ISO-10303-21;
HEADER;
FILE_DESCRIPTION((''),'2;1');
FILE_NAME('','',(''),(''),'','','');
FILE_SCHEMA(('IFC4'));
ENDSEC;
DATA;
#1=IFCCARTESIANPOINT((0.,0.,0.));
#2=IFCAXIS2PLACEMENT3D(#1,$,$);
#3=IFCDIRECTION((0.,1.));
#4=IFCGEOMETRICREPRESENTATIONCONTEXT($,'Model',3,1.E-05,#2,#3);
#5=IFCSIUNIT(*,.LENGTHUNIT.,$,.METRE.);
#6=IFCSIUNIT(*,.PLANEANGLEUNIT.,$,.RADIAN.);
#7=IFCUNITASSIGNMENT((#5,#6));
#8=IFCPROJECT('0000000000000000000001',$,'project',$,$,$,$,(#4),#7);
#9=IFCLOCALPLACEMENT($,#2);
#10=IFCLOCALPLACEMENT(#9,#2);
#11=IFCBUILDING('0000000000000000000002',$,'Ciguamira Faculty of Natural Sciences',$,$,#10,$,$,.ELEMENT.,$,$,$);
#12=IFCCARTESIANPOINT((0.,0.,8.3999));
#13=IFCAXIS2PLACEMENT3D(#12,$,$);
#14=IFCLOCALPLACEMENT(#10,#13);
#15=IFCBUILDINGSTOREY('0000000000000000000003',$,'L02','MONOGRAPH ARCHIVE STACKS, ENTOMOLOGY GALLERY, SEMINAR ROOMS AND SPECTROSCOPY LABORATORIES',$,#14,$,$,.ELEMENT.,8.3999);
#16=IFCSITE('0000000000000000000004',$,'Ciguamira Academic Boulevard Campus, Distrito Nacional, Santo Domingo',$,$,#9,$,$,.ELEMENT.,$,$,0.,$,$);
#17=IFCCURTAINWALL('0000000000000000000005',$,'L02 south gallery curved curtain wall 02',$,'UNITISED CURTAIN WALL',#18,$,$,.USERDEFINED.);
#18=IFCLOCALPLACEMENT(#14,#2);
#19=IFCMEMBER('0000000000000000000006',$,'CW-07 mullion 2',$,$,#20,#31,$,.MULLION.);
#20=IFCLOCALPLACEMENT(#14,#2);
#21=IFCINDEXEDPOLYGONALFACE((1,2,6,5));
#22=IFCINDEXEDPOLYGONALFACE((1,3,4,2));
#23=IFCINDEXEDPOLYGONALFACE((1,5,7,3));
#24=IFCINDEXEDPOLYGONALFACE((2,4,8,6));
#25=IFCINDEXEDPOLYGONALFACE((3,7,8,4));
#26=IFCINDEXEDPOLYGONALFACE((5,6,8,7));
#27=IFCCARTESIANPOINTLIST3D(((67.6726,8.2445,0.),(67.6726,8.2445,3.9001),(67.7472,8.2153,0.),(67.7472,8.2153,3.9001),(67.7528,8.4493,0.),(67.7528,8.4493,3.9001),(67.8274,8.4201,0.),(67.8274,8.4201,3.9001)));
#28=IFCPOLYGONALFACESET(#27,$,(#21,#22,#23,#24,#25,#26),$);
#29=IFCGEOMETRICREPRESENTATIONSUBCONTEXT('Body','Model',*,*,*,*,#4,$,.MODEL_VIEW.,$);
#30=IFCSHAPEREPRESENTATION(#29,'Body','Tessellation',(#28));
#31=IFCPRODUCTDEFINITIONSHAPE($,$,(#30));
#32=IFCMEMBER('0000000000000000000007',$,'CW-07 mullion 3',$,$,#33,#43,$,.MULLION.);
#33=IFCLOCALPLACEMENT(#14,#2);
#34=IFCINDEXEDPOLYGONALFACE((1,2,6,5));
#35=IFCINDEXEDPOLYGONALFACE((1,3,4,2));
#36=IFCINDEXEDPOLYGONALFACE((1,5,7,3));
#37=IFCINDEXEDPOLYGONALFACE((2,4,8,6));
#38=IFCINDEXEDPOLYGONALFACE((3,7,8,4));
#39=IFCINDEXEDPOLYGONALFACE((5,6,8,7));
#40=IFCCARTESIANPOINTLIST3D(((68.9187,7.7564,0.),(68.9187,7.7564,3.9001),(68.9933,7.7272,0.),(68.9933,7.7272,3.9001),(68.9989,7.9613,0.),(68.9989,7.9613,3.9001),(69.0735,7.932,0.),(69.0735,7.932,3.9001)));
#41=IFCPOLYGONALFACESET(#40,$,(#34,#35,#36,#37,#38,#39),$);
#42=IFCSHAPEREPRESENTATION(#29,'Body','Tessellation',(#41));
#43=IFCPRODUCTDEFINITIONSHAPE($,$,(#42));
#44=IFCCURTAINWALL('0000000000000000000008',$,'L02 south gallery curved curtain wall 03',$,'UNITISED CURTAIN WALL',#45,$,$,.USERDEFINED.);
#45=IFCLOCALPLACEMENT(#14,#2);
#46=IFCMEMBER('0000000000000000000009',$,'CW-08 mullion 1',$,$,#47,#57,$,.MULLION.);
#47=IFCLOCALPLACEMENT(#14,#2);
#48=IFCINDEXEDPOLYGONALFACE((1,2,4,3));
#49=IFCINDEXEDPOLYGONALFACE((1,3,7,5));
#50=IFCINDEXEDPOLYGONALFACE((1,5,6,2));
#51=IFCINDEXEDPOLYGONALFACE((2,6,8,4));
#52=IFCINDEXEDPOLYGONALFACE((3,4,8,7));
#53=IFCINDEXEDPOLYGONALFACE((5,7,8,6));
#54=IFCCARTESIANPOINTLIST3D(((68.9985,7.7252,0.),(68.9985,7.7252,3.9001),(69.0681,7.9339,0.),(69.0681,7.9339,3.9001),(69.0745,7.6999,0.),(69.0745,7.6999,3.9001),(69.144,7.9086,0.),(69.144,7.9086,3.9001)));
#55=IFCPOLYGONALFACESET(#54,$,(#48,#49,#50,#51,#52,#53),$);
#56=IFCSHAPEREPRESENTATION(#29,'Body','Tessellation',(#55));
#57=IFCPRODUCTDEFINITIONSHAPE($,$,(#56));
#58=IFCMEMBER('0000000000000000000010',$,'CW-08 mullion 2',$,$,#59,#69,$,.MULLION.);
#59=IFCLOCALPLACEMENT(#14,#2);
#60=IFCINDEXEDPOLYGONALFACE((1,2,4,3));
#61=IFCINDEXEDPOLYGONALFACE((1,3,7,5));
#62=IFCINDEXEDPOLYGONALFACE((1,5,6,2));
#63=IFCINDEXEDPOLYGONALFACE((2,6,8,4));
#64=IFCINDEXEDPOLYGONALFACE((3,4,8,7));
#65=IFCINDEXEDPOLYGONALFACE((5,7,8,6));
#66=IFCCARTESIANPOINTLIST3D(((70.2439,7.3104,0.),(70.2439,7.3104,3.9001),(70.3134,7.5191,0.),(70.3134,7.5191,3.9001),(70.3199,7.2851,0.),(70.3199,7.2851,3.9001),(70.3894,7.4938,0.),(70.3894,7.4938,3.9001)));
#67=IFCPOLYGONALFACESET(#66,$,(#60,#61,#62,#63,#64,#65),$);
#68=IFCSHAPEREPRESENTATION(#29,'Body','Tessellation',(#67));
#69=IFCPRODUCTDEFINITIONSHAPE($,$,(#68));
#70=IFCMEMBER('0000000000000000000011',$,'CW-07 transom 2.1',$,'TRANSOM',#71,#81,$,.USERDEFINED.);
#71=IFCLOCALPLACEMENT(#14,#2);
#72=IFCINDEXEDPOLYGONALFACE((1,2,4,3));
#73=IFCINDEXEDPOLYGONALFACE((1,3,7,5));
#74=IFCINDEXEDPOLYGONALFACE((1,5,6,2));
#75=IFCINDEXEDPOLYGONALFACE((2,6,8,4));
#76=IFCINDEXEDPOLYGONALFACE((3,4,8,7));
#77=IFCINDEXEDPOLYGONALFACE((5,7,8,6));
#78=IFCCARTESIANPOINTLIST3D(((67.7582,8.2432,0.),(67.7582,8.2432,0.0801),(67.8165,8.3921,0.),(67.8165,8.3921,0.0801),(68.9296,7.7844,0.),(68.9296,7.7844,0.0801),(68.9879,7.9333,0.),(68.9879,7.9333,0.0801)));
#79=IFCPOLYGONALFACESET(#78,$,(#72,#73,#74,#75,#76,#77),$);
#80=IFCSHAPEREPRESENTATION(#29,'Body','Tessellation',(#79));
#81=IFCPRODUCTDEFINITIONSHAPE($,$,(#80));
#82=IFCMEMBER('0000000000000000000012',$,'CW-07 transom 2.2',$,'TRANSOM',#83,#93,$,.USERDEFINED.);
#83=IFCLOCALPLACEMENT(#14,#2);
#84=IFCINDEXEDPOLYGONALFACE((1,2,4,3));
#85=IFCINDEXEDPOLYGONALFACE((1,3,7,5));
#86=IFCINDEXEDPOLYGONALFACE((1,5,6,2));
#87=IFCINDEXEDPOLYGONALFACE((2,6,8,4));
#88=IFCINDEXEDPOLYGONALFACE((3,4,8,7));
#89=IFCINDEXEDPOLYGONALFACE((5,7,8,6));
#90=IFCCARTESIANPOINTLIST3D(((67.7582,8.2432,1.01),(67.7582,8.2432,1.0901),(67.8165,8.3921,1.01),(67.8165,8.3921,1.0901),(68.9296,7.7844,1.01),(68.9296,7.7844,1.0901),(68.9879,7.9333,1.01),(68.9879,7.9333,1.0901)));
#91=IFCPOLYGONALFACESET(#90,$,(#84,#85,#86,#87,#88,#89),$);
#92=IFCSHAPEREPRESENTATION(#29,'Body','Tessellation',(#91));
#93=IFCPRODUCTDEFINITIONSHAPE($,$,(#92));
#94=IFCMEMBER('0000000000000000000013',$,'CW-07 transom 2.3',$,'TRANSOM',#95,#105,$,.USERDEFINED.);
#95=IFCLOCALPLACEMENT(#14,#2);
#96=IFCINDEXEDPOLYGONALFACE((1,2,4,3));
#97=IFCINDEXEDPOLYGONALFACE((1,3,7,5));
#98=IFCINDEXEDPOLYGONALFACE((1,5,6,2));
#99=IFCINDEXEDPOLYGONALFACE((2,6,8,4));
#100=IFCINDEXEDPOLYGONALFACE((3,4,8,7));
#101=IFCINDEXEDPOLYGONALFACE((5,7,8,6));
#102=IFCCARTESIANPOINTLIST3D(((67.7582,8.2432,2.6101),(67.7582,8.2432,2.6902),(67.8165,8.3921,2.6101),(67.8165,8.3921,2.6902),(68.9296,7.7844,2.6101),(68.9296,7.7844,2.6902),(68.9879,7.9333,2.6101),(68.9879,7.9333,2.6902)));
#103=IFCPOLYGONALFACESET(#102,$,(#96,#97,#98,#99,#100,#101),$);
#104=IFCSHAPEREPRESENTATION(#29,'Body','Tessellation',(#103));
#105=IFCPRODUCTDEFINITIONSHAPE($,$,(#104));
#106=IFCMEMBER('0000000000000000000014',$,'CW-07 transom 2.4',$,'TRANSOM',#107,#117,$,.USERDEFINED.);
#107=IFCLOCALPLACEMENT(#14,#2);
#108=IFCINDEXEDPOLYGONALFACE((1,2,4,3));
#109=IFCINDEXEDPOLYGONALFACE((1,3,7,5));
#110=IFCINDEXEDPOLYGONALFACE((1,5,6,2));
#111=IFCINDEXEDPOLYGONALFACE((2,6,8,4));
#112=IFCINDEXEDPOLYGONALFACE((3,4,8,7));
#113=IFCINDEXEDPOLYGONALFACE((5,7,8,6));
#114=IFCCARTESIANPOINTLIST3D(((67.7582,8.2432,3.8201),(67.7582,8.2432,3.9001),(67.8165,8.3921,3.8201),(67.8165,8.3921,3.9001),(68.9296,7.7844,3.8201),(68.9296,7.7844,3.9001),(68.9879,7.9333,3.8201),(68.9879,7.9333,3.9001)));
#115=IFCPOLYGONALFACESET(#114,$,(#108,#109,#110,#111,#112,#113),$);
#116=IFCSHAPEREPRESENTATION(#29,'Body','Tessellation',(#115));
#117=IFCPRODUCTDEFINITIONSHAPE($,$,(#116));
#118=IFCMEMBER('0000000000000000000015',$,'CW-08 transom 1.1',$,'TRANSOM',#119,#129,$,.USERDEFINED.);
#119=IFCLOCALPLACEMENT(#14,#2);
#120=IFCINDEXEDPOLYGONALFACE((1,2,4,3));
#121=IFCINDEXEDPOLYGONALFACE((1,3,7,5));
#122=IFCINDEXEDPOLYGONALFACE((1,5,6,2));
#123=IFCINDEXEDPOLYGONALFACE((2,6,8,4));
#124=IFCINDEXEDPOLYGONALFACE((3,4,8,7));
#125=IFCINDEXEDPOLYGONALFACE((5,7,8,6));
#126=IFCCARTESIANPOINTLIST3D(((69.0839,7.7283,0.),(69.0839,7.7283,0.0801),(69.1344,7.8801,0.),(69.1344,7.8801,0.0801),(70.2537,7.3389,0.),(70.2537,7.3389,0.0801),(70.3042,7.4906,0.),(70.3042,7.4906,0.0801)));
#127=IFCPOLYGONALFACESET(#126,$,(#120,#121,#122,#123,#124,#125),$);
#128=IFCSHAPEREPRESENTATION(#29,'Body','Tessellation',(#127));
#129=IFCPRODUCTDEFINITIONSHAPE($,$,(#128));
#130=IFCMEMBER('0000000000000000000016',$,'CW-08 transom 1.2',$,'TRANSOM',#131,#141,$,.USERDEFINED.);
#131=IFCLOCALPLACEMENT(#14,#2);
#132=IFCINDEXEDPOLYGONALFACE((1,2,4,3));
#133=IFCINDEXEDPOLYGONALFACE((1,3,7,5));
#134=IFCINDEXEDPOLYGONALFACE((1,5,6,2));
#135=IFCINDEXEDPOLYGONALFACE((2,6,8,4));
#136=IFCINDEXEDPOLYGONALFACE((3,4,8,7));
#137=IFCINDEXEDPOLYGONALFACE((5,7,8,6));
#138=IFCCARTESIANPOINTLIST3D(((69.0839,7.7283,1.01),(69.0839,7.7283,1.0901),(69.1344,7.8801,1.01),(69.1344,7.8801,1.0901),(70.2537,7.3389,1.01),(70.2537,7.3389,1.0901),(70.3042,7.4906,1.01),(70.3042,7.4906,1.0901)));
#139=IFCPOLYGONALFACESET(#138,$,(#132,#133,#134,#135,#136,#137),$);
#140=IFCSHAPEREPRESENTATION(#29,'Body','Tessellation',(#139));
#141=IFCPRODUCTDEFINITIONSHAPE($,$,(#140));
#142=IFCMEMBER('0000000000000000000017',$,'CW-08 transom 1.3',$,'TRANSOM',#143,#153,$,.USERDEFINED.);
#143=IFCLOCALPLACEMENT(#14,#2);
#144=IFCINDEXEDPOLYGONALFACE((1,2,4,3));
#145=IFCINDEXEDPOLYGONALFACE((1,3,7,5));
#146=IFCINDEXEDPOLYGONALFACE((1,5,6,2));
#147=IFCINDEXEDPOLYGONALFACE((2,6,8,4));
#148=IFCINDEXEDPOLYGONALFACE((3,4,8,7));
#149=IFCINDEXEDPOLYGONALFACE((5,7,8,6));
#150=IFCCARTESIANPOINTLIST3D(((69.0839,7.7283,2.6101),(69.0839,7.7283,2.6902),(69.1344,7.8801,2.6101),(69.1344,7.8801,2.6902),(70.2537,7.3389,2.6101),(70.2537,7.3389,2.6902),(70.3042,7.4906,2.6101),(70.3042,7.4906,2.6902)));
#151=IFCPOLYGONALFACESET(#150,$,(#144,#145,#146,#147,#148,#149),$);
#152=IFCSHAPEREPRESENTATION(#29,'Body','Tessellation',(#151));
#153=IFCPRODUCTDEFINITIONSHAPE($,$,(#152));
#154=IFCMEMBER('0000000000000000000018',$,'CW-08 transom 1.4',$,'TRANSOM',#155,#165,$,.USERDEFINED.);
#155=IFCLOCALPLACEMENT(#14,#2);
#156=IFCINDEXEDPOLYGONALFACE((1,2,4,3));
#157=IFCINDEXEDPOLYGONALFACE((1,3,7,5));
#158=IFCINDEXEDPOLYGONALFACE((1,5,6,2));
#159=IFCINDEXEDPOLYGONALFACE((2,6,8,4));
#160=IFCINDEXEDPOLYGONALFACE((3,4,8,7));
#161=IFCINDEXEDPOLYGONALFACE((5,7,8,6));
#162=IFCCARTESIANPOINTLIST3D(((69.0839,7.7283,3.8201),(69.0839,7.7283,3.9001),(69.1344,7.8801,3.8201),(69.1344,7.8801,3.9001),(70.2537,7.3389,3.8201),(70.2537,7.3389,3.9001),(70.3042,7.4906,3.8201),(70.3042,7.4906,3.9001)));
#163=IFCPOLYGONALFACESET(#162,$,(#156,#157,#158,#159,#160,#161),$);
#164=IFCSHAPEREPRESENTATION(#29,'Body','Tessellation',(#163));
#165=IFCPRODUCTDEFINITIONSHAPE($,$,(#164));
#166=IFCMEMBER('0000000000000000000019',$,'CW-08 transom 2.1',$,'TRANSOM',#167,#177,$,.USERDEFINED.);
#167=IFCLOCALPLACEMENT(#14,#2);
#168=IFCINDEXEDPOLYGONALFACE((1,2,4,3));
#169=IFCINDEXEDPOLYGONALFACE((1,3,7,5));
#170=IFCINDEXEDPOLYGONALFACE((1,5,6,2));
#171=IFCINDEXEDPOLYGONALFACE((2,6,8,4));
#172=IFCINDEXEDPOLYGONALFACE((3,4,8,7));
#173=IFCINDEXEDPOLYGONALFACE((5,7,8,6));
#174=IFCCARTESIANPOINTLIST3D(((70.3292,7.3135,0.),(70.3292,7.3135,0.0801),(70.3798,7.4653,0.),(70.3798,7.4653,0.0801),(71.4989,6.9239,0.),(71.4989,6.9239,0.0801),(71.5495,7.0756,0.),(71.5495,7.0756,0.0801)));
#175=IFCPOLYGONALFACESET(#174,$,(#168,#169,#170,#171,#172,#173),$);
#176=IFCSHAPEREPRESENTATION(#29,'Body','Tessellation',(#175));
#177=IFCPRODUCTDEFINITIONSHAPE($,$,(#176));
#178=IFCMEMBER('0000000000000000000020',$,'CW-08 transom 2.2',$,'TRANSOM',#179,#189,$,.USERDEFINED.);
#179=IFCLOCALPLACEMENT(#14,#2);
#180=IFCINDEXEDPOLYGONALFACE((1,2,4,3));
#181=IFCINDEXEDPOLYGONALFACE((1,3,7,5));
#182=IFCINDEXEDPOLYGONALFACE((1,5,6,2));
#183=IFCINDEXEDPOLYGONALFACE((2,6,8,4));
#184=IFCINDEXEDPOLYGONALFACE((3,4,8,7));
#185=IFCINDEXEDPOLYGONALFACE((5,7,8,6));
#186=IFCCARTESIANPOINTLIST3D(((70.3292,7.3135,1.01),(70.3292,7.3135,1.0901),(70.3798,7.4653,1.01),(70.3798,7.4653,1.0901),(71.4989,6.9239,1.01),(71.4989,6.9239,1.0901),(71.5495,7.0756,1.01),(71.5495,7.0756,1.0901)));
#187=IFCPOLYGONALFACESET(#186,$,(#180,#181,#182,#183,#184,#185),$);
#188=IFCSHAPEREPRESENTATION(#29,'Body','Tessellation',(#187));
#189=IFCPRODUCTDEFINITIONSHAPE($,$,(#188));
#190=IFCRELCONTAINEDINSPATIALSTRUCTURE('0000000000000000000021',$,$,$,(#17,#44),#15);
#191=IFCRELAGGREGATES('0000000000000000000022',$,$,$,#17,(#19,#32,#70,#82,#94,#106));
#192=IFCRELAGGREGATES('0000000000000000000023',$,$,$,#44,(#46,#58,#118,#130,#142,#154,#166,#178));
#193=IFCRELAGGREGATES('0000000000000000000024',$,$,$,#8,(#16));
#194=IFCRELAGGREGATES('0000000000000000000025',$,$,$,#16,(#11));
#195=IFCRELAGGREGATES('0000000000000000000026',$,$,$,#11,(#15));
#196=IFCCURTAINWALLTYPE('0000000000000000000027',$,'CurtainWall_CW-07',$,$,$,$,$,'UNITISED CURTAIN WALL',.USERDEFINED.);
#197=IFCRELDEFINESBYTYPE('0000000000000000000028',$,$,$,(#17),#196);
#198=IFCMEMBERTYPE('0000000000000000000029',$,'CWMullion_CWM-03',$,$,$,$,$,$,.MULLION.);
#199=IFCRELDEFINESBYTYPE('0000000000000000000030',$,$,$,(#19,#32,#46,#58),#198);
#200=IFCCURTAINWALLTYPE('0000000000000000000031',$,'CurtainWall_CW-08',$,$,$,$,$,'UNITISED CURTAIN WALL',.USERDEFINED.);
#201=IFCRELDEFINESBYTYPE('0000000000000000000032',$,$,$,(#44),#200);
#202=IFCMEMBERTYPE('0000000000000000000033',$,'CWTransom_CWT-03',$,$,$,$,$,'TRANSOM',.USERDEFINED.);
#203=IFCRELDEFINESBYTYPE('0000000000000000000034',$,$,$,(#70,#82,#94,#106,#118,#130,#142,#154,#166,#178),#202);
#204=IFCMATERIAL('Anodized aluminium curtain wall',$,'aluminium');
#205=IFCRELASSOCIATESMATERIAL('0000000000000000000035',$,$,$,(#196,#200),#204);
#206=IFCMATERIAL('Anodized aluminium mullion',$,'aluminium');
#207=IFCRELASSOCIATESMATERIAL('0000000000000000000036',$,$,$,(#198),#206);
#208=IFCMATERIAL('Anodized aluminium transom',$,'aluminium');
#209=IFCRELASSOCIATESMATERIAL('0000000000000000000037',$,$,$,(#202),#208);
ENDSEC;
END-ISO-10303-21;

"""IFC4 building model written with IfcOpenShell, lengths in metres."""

from ifc_helpers import new_model, si_unit, direction, frame, origin, origin_2d, place, context, subcontext, project, spatial, rectangle, extrude, material, material_profile, profile_set, type_object, element, aggregate, save


model = new_model("IFC4")

# Units and contexts
model_context = context("Model", 3, precision=1e-05, world=origin(), true_north=direction((0.0, 1.0)))
body_context = subcontext(model_context, "Body", "Model", "MODEL_VIEW")
ifc_project = project(units=[si_unit("LENGTHUNIT", "METRE"), si_unit("PLANEANGLEUNIT", "RADIAN")], contexts=[model_context])

# Site, building, storey
site_placement = place(None, origin())
site = spatial("IfcSite", under=ifc_project, at=site_placement, Name="Ciguamira Academic Boulevard Campus, Distrito Nacional, Santo Domingo", CompositionType="ELEMENT", RefElevation=0.0)
building_placement = place(site_placement, origin())
building = spatial("IfcBuilding", under=site, at=building_placement, Name="Ciguamira Faculty of Natural Sciences", CompositionType="ELEMENT")
storey_placement = place(building_placement, frame((0.0, 0.0, 8.3999)))
storey = spatial("IfcBuildingStorey", under=building, at=storey_placement, Name="L02", Description="MONOGRAPH ARCHIVE STACKS, ENTOMOLOGY GALLERY, SEMINAR ROOMS AND SPECTROSCOPY LABORATORIES", CompositionType="ELEMENT", Elevation=8.3999)

# Curtain walls, members
ifc_material_1 = material(Name="Anodized aluminium curtain wall", Category="aluminium")
curtain_wall_type_1 = type_object("IfcCurtainWallType", Name="CurtainWall_CW-07", ElementType="UNITISED CURTAIN WALL", PredefinedType="USERDEFINED", material=ifc_material_1)
curtain_wall_1_placement = place(storey_placement, origin())
curtain_wall_1 = element("IfcCurtainWall", 1, at=curtain_wall_1_placement, inside=storey, type_object=curtain_wall_type_1, Name="L02 south gallery curved curtain wall 02", ObjectType="UNITISED CURTAIN WALL", PredefinedType="USERDEFINED")
ifc_material_2 = material(Name="Anodized aluminium mullion", Category="aluminium")
ifc_material_profile_1 = material_profile(ifc_material_2, rectangle(XDim=0.0801, YDim=0.22, at=origin_2d()), Name="ALU-MUL-80X220")
ifc_profile_set_1 = profile_set([ifc_material_profile_1], Name="Anodized aluminium mullion")
member_type_1 = type_object("IfcMemberType", Name="CWMullion_CWM-03", PredefinedType="MULLION", material=ifc_profile_set_1)
member_1_placement = place(storey_placement, frame((67.75, 8.3323, 0.0), z_axis=(0.0, 0.0, 1.0), x_axis=(0.931122, -0.364707, 0.0)))
member_1 = element("IfcMember", 2, at=member_1_placement, type_object=member_type_1, Name="CW-07 mullion 2", PredefinedType="MULLION", context=body_context, shape_type="SweptSolid", body=[
    extrude(rectangle(XDim=0.0801, YDim=0.22, at=origin_2d()), origin(), (0.0, 0.0, 1.0), 3.9001),
])
member_2_placement = place(storey_placement, frame((68.9961, 7.8442, 0.0), z_axis=(0.0, 0.0, 1.0), x_axis=(0.931122, -0.364707, 0.0)))
member_2 = element("IfcMember", 3, at=member_2_placement, type_object=member_type_1, Name="CW-07 mullion 3", PredefinedType="MULLION", context=body_context, shape_type="SweptSolid", body=[
    extrude(rectangle(XDim=0.0801, YDim=0.22, at=origin_2d()), origin(), (0.0, 0.0, 1.0), 3.9001),
])
curtain_wall_type_2 = type_object("IfcCurtainWallType", Name="CurtainWall_CW-08", ElementType="UNITISED CURTAIN WALL", PredefinedType="USERDEFINED", material=ifc_material_1)
curtain_wall_2_placement = place(storey_placement, origin())
curtain_wall_2 = element("IfcCurtainWall", 4, at=curtain_wall_2_placement, inside=storey, type_object=curtain_wall_type_2, Name="L02 south gallery curved curtain wall 03", ObjectType="UNITISED CURTAIN WALL", PredefinedType="USERDEFINED")
member_3_placement = place(storey_placement, frame((69.0713, 7.8169, 0.0), z_axis=(0.0, 0.0, 1.0), x_axis=(0.948735, -0.316073, 0.0)))
member_3 = element("IfcMember", 5, at=member_3_placement, type_object=member_type_1, Name="CW-08 mullion 1", PredefinedType="MULLION", context=body_context, shape_type="SweptSolid", body=[
    extrude(rectangle(XDim=0.0801, YDim=0.22, at=origin_2d()), origin(), (0.0, 0.0, 1.0), 3.9001),
])
member_4_placement = place(storey_placement, frame((70.3167, 7.4021, 0.0), z_axis=(0.0, 0.0, 1.0), x_axis=(0.948735, -0.316073, 0.0)))
member_4 = element("IfcMember", 6, at=member_4_placement, type_object=member_type_1, Name="CW-08 mullion 2", PredefinedType="MULLION", context=body_context, shape_type="SweptSolid", body=[
    extrude(rectangle(XDim=0.0801, YDim=0.22, at=origin_2d()), origin(), (0.0, 0.0, 1.0), 3.9001),
])

# Members
ifc_material_3 = material(Name="Anodized aluminium transom", Category="aluminium")
ifc_material_profile_2 = material_profile(ifc_material_3, rectangle(XDim=0.0801, YDim=0.1599, at=origin_2d()), Name="ALU-TRN-80X160")
ifc_profile_set_2 = profile_set([ifc_material_profile_2], Name="Anodized aluminium transom")
member_type_2 = type_object("IfcMemberType", Name="CWTransom_CWT-03", ElementType="TRANSOM", PredefinedType="USERDEFINED", material=ifc_profile_set_2)
member_5_placement = place(storey_placement, frame((67.7874, 8.3176, 0.04), z_axis=(0.931143, -0.364655, 0.0), x_axis=(0.0, 0.0, 1.0)))
member_5 = element("IfcMember", 7, at=member_5_placement, type_object=member_type_2, Name="CW-07 transom 2.1", ObjectType="TRANSOM", PredefinedType="USERDEFINED", context=body_context, shape_type="SweptSolid", body=[
    extrude(rectangle(XDim=0.0801, YDim=0.1599, at=origin_2d()), origin(), (0.0, 0.0, 1.0), 1.2581),
])
member_6_placement = place(storey_placement, frame((67.7874, 8.3176, 1.05), z_axis=(0.931143, -0.364655, 0.0), x_axis=(0.0, 0.0, 1.0)))
member_6 = element("IfcMember", 8, at=member_6_placement, type_object=member_type_2, Name="CW-07 transom 2.2", ObjectType="TRANSOM", PredefinedType="USERDEFINED", context=body_context, shape_type="SweptSolid", body=[
    extrude(rectangle(XDim=0.0801, YDim=0.1599, at=origin_2d()), origin(), (0.0, 0.0, 1.0), 1.2581),
])
member_7_placement = place(storey_placement, frame((67.7874, 8.3176, 2.6501), z_axis=(0.931143, -0.364655, 0.0), x_axis=(0.0, 0.0, 1.0)))
member_7 = element("IfcMember", 9, at=member_7_placement, type_object=member_type_2, Name="CW-07 transom 2.3", ObjectType="TRANSOM", PredefinedType="USERDEFINED", context=body_context, shape_type="SweptSolid", body=[
    extrude(rectangle(XDim=0.0801, YDim=0.1599, at=origin_2d()), origin(), (0.0, 0.0, 1.0), 1.2581),
])
member_8_placement = place(storey_placement, frame((67.7874, 8.3176, 3.8601), z_axis=(0.931143, -0.364655, 0.0), x_axis=(0.0, 0.0, 1.0)))
member_8 = element("IfcMember", 10, at=member_8_placement, type_object=member_type_2, Name="CW-07 transom 2.4", ObjectType="TRANSOM", PredefinedType="USERDEFINED", context=body_context, shape_type="SweptSolid", body=[
    extrude(rectangle(XDim=0.0801, YDim=0.1599, at=origin_2d()), origin(), (0.0, 0.0, 1.0), 1.2581),
])
member_9_placement = place(storey_placement, frame((69.1091, 7.8042, 0.04), z_axis=(0.948802, -0.315871, 0.0), x_axis=(0.0, 0.0, 1.0)))
member_9 = element("IfcMember", 11, at=member_9_placement, type_object=member_type_2, Name="CW-08 transom 1.1", ObjectType="TRANSOM", PredefinedType="USERDEFINED", context=body_context, shape_type="SweptSolid", body=[
    extrude(rectangle(XDim=0.0801, YDim=0.1599, at=origin_2d()), origin(), (0.0, 0.0, 1.0), 1.2329),
])
member_10_placement = place(storey_placement, frame((69.1091, 7.8042, 1.05), z_axis=(0.948802, -0.315871, 0.0), x_axis=(0.0, 0.0, 1.0)))
member_10 = element("IfcMember", 12, at=member_10_placement, type_object=member_type_2, Name="CW-08 transom 1.2", ObjectType="TRANSOM", PredefinedType="USERDEFINED", context=body_context, shape_type="SweptSolid", body=[
    extrude(rectangle(XDim=0.0801, YDim=0.1599, at=origin_2d()), origin(), (0.0, 0.0, 1.0), 1.2329),
])
member_11_placement = place(storey_placement, frame((69.1091, 7.8042, 2.6501), z_axis=(0.948802, -0.315871, 0.0), x_axis=(0.0, 0.0, 1.0)))
member_11 = element("IfcMember", 13, at=member_11_placement, type_object=member_type_2, Name="CW-08 transom 1.3", ObjectType="TRANSOM", PredefinedType="USERDEFINED", context=body_context, shape_type="SweptSolid", body=[
    extrude(rectangle(XDim=0.0801, YDim=0.1599, at=origin_2d()), origin(), (0.0, 0.0, 1.0), 1.2329),
])
member_12_placement = place(storey_placement, frame((69.1091, 7.8042, 3.8601), z_axis=(0.948802, -0.315871, 0.0), x_axis=(0.0, 0.0, 1.0)))
member_12 = element("IfcMember", 14, at=member_12_placement, type_object=member_type_2, Name="CW-08 transom 1.4", ObjectType="TRANSOM", PredefinedType="USERDEFINED", context=body_context, shape_type="SweptSolid", body=[
    extrude(rectangle(XDim=0.0801, YDim=0.1599, at=origin_2d()), origin(), (0.0, 0.0, 1.0), 1.2329),
])
member_13_placement = place(storey_placement, frame((70.3545, 7.3894, 0.04), z_axis=(0.948743, -0.31605, 0.0), x_axis=(0.0, 0.0, 1.0)))
member_13 = element("IfcMember", 15, at=member_13_placement, type_object=member_type_2, Name="CW-08 transom 2.1", ObjectType="TRANSOM", PredefinedType="USERDEFINED", context=body_context, shape_type="SweptSolid", body=[
    extrude(rectangle(XDim=0.0801, YDim=0.1599, at=origin_2d()), origin(), (0.0, 0.0, 1.0), 1.2329),
])
member_14_placement = place(storey_placement, frame((70.3545, 7.3894, 1.05), z_axis=(0.948743, -0.31605, 0.0), x_axis=(0.0, 0.0, 1.0)))
member_14 = element("IfcMember", 16, at=member_14_placement, type_object=member_type_2, Name="CW-08 transom 2.2", ObjectType="TRANSOM", PredefinedType="USERDEFINED", context=body_context, shape_type="SweptSolid", body=[
    extrude(rectangle(XDim=0.0801, YDim=0.1599, at=origin_2d()), origin(), (0.0, 0.0, 1.0), 1.2329),
])

aggregate(curtain_wall_1, [member_1, member_2, member_5, member_6, member_7, member_8])
aggregate(curtain_wall_2, [member_3, member_4, member_9, member_10, member_11, member_12, member_13, member_14])

save(model, "model.ifc")
